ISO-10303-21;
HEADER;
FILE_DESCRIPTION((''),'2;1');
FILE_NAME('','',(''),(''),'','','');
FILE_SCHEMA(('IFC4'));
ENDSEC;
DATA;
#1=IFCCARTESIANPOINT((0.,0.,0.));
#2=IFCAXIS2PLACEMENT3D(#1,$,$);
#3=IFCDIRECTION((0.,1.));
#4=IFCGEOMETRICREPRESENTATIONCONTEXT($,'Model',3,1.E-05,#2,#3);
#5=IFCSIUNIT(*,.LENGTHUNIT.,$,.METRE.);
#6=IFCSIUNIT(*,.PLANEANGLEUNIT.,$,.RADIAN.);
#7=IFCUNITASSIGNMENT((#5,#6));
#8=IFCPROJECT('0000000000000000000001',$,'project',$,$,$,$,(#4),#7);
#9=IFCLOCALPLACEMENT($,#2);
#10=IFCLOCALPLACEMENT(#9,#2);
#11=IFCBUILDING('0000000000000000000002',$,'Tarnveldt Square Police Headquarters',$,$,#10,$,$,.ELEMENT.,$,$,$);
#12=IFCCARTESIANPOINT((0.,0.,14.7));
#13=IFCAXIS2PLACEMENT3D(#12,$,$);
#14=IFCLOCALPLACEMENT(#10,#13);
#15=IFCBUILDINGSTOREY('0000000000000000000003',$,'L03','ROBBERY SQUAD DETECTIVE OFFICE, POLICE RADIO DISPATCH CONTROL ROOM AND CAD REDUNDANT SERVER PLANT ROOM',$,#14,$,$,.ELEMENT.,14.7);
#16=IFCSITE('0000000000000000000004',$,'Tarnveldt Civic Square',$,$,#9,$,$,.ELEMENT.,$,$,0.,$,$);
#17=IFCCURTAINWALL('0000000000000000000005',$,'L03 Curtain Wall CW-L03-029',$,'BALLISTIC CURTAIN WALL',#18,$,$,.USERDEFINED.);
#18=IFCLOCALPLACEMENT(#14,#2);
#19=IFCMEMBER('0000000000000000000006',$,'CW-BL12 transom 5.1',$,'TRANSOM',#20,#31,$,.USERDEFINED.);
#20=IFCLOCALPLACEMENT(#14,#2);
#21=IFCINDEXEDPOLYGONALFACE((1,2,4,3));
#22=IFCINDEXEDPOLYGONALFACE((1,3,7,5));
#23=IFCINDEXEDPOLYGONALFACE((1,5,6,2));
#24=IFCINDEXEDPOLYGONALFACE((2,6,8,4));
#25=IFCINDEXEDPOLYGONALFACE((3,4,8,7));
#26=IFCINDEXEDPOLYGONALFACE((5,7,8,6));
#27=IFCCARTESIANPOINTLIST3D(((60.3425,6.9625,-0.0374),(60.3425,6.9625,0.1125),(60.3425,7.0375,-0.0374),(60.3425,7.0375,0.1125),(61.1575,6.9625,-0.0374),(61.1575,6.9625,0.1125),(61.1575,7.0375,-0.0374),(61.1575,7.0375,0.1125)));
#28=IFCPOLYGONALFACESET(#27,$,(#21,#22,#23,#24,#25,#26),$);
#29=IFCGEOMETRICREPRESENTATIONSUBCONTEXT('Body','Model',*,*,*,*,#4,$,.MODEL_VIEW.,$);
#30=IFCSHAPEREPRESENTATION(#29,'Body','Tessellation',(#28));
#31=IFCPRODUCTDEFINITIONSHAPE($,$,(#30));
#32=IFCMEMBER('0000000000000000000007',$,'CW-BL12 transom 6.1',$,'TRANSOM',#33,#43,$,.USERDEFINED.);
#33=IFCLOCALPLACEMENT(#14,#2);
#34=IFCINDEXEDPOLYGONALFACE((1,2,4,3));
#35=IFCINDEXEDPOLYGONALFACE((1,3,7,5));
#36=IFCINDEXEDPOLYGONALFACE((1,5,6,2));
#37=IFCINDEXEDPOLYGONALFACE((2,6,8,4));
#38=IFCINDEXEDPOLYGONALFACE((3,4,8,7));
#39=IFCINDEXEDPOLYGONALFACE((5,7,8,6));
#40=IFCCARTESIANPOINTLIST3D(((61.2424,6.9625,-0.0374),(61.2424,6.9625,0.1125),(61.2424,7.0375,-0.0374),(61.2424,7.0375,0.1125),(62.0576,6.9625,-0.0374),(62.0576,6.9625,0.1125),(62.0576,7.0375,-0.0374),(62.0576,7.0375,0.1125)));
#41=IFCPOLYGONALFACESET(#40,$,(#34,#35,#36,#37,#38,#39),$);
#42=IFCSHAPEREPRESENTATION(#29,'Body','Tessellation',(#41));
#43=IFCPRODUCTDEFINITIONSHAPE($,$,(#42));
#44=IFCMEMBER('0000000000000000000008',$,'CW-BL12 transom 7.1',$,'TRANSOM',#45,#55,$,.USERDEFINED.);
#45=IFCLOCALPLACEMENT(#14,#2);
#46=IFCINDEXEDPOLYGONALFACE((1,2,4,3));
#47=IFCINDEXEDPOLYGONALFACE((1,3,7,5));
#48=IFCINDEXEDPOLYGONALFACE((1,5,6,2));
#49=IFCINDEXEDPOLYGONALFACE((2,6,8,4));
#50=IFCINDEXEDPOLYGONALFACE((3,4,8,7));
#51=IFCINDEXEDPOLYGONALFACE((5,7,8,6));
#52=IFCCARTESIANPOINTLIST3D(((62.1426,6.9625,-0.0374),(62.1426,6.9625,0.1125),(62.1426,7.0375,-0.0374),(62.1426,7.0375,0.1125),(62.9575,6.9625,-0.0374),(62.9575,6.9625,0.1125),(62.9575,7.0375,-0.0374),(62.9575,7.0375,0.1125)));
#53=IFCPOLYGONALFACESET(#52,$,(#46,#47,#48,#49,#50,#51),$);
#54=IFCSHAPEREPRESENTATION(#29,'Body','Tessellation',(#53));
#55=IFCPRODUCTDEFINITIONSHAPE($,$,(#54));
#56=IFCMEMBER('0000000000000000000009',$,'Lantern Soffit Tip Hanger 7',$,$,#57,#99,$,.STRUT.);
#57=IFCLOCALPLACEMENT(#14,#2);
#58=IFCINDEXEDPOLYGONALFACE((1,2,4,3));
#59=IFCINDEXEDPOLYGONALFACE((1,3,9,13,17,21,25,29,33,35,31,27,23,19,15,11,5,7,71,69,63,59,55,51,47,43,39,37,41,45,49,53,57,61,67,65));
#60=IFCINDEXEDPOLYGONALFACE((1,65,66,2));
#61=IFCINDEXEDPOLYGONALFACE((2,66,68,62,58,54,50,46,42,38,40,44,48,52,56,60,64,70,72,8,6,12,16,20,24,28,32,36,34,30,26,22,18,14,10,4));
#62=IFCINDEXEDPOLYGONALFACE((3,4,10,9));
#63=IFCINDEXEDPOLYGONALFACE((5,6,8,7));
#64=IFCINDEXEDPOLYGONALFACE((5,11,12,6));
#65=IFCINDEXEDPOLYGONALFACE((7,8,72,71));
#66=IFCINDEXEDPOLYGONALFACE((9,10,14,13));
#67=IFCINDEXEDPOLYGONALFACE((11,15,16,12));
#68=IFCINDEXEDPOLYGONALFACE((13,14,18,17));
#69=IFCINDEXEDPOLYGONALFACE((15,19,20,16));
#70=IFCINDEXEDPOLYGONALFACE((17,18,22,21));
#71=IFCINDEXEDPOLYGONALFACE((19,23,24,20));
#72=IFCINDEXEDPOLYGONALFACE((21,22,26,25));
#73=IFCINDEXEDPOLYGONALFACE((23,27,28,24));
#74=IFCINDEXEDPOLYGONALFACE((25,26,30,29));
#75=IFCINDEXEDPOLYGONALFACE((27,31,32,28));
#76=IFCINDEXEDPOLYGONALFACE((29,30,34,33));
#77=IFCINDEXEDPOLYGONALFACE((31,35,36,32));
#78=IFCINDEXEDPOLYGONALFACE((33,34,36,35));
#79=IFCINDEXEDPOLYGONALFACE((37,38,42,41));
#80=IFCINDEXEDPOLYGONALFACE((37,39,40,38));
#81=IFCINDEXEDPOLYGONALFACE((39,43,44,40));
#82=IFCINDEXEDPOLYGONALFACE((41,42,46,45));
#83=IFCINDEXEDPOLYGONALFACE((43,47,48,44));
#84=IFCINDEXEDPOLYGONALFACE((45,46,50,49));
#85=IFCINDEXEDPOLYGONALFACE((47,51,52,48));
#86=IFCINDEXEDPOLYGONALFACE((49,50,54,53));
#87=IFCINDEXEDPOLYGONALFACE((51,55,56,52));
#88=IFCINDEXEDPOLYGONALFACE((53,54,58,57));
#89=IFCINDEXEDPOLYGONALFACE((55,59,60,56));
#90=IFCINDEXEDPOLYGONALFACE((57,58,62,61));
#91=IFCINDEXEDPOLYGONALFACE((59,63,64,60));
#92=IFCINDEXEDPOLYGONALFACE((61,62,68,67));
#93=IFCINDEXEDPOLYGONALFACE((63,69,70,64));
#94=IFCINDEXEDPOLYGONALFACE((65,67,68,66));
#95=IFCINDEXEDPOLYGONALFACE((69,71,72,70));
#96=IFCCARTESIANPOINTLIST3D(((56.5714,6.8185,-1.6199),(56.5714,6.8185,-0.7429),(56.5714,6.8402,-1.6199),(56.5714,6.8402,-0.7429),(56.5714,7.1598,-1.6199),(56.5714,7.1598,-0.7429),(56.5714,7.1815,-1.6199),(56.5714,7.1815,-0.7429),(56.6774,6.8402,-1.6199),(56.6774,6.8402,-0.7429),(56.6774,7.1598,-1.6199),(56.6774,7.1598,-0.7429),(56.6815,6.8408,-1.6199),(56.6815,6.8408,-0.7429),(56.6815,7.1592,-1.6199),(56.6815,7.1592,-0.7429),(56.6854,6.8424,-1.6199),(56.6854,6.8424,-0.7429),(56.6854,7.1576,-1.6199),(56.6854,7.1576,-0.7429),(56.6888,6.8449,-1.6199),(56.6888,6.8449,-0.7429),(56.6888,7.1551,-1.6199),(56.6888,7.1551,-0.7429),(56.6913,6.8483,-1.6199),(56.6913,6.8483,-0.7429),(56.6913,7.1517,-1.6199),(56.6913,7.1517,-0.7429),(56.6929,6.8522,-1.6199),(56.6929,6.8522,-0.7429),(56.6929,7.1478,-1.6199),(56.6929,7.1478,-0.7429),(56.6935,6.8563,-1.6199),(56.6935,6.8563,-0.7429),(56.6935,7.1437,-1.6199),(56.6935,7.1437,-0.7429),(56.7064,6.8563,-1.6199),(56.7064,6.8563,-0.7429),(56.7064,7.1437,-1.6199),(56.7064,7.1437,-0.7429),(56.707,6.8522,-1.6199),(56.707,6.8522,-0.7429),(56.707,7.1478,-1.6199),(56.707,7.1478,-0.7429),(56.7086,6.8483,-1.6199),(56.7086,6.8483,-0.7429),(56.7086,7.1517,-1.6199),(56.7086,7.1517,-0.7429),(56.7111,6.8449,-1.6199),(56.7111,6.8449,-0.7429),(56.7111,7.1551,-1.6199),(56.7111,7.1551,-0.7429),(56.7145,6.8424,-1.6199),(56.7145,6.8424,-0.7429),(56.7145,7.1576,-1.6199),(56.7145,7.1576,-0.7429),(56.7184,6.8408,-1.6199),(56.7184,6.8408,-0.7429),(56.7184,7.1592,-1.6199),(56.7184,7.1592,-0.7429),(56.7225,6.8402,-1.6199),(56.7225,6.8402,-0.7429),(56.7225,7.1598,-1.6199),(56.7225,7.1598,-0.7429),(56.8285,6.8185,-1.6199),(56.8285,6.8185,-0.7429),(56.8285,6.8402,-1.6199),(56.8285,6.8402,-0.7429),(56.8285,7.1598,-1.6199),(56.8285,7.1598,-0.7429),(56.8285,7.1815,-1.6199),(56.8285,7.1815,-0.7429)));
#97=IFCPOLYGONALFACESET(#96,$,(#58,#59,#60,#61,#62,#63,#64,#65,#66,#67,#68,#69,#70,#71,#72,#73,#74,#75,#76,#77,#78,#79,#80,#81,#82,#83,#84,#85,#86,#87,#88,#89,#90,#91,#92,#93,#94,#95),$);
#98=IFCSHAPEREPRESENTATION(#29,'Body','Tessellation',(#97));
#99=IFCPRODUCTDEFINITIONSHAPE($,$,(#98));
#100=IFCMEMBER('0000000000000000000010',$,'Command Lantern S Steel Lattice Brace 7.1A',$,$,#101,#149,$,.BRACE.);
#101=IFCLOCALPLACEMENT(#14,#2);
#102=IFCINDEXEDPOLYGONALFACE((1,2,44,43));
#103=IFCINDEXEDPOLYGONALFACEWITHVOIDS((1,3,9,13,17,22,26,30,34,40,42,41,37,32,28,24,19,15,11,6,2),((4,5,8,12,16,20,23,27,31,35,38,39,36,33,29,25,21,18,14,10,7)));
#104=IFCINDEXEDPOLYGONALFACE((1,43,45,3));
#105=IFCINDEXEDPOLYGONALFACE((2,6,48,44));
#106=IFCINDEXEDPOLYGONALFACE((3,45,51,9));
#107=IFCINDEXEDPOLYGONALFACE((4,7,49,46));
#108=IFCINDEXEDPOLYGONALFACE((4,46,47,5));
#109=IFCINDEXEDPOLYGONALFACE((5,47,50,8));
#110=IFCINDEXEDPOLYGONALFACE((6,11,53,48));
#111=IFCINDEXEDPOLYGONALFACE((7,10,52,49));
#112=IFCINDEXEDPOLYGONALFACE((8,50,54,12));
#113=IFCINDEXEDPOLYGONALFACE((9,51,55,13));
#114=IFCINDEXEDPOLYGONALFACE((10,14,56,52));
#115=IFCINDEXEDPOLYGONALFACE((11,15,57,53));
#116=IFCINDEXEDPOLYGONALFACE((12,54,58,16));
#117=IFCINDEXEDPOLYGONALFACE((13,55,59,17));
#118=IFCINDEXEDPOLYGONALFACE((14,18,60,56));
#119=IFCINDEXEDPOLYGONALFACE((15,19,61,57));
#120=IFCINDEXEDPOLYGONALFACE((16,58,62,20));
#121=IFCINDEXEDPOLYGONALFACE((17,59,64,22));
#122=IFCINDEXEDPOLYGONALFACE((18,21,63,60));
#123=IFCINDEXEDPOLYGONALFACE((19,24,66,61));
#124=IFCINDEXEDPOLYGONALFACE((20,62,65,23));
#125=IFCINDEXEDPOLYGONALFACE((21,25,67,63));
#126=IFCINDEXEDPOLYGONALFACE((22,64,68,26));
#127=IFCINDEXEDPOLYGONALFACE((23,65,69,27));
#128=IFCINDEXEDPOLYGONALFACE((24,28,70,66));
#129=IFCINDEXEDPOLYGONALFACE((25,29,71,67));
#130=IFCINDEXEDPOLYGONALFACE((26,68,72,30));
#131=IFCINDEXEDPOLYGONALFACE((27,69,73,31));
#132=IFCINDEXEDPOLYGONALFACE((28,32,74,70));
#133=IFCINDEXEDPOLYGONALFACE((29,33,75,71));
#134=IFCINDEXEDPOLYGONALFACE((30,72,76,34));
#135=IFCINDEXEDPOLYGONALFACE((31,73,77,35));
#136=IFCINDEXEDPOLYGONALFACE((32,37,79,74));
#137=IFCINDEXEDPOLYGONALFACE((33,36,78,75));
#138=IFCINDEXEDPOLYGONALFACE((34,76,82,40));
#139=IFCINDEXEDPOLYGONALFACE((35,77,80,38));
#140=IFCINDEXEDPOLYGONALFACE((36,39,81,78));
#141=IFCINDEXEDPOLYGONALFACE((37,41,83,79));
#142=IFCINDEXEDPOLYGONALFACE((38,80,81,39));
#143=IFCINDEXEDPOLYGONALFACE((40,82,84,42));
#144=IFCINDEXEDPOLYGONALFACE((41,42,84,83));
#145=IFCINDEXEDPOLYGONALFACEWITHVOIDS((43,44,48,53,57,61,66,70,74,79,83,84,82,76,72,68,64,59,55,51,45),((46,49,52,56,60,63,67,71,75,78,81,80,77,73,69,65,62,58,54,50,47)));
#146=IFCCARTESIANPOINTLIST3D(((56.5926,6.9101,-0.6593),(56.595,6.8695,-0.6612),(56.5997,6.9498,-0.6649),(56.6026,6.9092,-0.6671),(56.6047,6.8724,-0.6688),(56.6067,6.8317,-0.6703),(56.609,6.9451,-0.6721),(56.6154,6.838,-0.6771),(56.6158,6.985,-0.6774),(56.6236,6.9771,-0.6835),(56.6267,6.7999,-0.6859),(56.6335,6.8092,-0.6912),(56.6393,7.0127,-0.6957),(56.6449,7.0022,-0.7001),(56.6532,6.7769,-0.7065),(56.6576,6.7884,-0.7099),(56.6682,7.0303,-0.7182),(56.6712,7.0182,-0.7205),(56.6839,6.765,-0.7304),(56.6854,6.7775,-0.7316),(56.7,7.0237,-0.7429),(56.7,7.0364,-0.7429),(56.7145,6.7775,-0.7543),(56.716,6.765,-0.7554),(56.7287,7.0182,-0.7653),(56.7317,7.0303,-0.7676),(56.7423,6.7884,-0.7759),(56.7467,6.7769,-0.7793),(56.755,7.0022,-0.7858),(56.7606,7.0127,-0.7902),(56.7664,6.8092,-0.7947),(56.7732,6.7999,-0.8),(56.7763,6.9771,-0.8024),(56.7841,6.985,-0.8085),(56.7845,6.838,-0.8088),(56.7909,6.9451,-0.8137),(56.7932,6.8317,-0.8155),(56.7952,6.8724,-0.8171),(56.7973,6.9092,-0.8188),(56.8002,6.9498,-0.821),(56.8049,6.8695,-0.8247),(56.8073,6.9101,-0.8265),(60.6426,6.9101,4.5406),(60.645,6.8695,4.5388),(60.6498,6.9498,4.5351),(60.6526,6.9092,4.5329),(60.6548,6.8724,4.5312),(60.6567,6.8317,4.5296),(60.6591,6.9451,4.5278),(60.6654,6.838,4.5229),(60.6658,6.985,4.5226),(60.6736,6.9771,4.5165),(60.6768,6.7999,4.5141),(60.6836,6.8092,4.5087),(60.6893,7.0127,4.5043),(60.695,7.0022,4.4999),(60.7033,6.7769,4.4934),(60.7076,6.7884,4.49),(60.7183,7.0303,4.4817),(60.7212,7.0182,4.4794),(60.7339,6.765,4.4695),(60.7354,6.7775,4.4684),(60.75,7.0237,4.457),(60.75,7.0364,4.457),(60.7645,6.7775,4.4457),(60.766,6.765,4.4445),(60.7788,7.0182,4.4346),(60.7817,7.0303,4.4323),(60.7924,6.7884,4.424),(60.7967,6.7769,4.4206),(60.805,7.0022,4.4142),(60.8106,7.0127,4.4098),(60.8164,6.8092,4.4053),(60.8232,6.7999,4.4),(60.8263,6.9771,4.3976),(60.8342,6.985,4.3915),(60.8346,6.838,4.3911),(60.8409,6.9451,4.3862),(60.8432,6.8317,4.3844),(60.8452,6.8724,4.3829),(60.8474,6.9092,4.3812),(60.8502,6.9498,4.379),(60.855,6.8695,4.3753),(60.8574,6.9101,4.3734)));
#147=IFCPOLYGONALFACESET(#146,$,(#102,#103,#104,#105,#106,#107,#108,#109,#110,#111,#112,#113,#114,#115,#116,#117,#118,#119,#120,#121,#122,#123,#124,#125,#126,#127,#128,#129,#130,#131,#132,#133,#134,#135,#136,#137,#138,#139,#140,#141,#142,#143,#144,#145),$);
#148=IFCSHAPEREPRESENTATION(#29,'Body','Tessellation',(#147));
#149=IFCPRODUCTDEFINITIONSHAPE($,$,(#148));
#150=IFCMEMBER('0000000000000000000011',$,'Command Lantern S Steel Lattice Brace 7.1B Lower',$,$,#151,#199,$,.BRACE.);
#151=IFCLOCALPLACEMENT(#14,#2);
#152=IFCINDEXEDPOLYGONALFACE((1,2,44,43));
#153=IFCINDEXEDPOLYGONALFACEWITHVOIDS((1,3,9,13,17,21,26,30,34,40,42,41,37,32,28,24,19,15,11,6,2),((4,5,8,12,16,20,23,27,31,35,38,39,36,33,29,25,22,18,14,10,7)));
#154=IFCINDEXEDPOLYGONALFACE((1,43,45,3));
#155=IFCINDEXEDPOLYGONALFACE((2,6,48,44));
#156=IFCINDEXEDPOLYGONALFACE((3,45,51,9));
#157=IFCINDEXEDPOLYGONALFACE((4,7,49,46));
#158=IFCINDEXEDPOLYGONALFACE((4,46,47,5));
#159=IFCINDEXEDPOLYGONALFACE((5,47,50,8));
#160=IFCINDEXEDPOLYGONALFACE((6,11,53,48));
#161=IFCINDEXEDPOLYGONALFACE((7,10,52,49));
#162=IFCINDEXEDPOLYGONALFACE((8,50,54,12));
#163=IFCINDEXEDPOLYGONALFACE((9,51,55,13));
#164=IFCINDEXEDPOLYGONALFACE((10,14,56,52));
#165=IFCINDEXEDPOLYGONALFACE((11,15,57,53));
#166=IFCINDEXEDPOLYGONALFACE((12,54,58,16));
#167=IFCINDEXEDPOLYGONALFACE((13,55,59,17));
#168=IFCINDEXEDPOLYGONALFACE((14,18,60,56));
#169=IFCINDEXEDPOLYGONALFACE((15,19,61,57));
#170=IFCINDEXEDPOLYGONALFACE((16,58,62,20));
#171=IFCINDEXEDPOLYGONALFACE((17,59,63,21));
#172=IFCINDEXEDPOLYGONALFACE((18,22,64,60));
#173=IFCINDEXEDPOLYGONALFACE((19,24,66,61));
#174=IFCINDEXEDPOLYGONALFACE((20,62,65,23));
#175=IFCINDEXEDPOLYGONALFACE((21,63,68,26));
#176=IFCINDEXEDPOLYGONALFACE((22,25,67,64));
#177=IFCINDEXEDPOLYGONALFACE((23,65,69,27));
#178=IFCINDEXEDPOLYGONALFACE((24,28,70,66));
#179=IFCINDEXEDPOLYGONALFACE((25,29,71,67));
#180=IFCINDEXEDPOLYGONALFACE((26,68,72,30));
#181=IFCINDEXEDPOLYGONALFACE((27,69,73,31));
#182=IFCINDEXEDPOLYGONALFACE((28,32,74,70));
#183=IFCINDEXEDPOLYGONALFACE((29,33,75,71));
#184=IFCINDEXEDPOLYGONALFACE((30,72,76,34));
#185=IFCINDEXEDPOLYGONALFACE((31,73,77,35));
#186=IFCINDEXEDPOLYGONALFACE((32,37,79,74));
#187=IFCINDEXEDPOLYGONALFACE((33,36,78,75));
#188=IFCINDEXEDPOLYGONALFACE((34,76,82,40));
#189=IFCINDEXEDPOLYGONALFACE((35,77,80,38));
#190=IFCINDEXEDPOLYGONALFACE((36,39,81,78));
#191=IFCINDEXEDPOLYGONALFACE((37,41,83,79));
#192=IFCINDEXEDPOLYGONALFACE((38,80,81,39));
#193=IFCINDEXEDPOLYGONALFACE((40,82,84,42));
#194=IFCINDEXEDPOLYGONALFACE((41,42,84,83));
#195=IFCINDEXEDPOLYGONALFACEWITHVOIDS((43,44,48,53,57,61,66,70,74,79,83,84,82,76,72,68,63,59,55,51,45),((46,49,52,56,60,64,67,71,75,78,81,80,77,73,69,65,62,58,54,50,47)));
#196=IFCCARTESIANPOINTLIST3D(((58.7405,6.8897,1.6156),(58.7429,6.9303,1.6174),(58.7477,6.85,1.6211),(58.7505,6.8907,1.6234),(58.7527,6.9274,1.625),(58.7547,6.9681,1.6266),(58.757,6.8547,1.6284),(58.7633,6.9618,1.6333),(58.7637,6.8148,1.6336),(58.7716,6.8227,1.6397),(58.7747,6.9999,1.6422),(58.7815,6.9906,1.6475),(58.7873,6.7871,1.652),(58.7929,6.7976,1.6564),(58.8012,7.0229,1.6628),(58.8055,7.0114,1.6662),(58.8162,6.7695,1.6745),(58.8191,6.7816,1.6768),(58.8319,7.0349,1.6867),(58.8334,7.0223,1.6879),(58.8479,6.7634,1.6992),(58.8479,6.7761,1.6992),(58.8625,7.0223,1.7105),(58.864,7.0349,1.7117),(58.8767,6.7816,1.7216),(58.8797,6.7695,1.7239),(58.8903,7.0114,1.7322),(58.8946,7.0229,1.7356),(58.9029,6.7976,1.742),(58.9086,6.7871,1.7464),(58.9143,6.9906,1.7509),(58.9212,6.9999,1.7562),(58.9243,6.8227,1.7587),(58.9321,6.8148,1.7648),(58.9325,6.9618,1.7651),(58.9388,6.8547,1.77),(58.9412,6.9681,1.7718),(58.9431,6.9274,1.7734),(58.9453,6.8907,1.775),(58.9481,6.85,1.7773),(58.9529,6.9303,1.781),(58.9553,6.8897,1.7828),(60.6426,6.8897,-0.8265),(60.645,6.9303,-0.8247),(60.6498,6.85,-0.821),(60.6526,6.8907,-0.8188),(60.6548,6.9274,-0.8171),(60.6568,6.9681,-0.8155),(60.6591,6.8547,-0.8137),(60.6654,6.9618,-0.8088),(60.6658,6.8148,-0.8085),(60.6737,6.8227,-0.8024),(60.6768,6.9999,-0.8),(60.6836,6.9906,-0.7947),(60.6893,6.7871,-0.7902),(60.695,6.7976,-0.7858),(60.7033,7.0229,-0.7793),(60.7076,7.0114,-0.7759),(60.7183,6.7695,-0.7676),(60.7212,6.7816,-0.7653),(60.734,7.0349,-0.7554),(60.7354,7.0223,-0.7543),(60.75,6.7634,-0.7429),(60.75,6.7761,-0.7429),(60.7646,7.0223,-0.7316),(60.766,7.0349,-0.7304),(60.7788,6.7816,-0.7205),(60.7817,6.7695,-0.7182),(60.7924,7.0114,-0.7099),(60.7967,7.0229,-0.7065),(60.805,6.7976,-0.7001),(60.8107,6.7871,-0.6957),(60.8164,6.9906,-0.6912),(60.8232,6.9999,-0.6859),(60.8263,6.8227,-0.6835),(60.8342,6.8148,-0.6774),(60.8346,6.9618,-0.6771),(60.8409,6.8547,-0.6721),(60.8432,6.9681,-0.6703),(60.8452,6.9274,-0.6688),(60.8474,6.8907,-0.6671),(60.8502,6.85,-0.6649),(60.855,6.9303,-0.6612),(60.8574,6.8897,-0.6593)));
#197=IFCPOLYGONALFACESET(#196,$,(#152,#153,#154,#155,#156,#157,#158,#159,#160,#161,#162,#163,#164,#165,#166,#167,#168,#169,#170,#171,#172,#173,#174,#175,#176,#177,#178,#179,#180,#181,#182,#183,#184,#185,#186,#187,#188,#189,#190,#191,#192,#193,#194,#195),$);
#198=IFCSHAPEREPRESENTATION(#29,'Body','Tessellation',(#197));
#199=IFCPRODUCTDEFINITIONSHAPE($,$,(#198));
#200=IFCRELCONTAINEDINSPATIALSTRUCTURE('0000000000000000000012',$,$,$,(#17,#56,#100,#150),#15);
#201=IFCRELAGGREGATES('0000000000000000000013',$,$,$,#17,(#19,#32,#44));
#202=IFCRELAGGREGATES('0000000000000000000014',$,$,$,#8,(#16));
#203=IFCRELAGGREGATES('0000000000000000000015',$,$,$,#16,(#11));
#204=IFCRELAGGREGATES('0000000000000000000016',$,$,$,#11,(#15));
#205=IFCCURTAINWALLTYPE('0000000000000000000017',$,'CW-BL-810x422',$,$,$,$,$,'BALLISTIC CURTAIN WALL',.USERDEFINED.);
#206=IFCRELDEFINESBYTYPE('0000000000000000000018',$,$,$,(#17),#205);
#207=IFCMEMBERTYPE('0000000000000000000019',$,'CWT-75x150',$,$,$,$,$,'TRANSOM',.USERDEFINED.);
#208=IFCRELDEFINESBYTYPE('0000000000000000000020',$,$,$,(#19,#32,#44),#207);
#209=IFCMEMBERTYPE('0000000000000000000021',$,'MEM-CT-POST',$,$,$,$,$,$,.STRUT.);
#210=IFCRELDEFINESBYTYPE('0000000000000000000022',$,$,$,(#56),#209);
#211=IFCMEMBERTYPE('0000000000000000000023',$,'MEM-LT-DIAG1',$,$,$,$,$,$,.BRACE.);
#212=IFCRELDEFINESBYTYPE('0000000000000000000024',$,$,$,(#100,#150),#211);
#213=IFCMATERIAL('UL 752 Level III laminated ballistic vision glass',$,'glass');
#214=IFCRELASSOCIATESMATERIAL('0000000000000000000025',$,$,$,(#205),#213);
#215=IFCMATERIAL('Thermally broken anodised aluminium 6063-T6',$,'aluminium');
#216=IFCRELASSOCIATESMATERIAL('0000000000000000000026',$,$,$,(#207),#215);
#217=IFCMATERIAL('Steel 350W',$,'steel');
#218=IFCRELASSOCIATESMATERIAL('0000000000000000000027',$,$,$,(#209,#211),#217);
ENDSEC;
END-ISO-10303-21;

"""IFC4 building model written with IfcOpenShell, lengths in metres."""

from ifc_helpers import new_model, si_unit, direction, frame, origin, origin_2d, place, context, subcontext, project, spatial, rectangle, hollow_circle, i_section, extrude, material, material_profile, profile_set, type_object, element, aggregate, save


model = new_model("IFC4")

# Units and contexts
model_context = context("Model", 3, precision=1e-05, world=origin(), true_north=direction((0.0, 1.0)))
body_context = subcontext(model_context, "Body", "Model", "MODEL_VIEW")
ifc_project = project(units=[si_unit("LENGTHUNIT", "METRE"), si_unit("PLANEANGLEUNIT", "RADIAN")], contexts=[model_context])

# Site, building, storey
site_placement = place(None, origin())
site = spatial("IfcSite", under=ifc_project, at=site_placement, Name="Tarnveldt Civic Square", CompositionType="ELEMENT", RefElevation=0.0)
building_placement = place(site_placement, origin())
building = spatial("IfcBuilding", under=site, at=building_placement, Name="Tarnveldt Square Police Headquarters", CompositionType="ELEMENT")
storey_placement = place(building_placement, frame((0.0, 0.0, 14.7)))
storey = spatial("IfcBuildingStorey", under=building, at=storey_placement, Name="L03", Description="ROBBERY SQUAD DETECTIVE OFFICE, POLICE RADIO DISPATCH CONTROL ROOM AND CAD REDUNDANT SERVER PLANT ROOM", CompositionType="ELEMENT", Elevation=14.7)

# Curtain wall, members
ifc_material_1 = material(Name="UL 752 Level III laminated ballistic vision glass", Category="glass")
curtain_wall_type = type_object("IfcCurtainWallType", Name="CW-BL-810x422", ElementType="BALLISTIC CURTAIN WALL", PredefinedType="USERDEFINED", material=ifc_material_1)
curtain_wall_placement = place(storey_placement, origin())
curtain_wall = element("IfcCurtainWall", 1, at=curtain_wall_placement, inside=storey, type_object=curtain_wall_type, Name="L03 Curtain Wall CW-L03-029", ObjectType="BALLISTIC CURTAIN WALL", PredefinedType="USERDEFINED")
ifc_material_2 = material(Name="Thermally broken anodised aluminium 6063-T6", Category="aluminium")
ifc_material_profile_1 = material_profile(ifc_material_2, rectangle(XDim=0.075, YDim=0.1499, at=origin_2d()), Name="CW-T75x150")
ifc_profile_set_1 = profile_set([ifc_material_profile_1], Name="Thermally broken anodised aluminium 6063-T6")
member_type_1 = type_object("IfcMemberType", Name="CWT-75x150", ElementType="TRANSOM", PredefinedType="USERDEFINED", material=ifc_profile_set_1)
member_1_placement = place(storey_placement, frame((60.3425, 7.0, 0.0376), z_axis=(1.0, 0.0, 0.0), x_axis=(0.0, 1.0, 0.0)))
member_1 = element("IfcMember", 2, at=member_1_placement, type_object=member_type_1, Name="CW-BL12 transom 5.1", ObjectType="TRANSOM", PredefinedType="USERDEFINED", context=body_context, shape_type="SweptSolid", body=[
    extrude(rectangle(XDim=0.075, YDim=0.1499, at=origin_2d()), origin(), (0.0, 0.0, 1.0), 0.8149),
])
member_2_placement = place(storey_placement, frame((61.2424, 7.0, 0.0376), z_axis=(1.0, 0.0, 0.0), x_axis=(0.0, 1.0, 0.0)))
member_2 = element("IfcMember", 3, at=member_2_placement, type_object=member_type_1, Name="CW-BL12 transom 6.1", ObjectType="TRANSOM", PredefinedType="USERDEFINED", context=body_context, shape_type="SweptSolid", body=[
    extrude(rectangle(XDim=0.075, YDim=0.1499, at=origin_2d()), origin(), (0.0, 0.0, 1.0), 0.8152),
])
member_3_placement = place(storey_placement, frame((62.1426, 7.0, 0.0376), z_axis=(1.0, 0.0, 0.0), x_axis=(0.0, 1.0, 0.0)))
member_3 = element("IfcMember", 4, at=member_3_placement, type_object=member_type_1, Name="CW-BL12 transom 7.1", ObjectType="TRANSOM", PredefinedType="USERDEFINED", context=body_context, shape_type="SweptSolid", body=[
    extrude(rectangle(XDim=0.075, YDim=0.1499, at=origin_2d()), origin(), (0.0, 0.0, 1.0), 0.8149),
])

# Members
ifc_material_3 = material(Name="Steel 350W", Category="steel")
ifc_material_profile_2 = material_profile(ifc_material_3, i_section(OverallWidth=0.2571, OverallDepth=0.363, WebThickness=0.0129, FlangeThickness=0.0217, FilletRadius=0.0161, at=origin_2d()), Name="W360x122")
ifc_profile_set_2 = profile_set([ifc_material_profile_2], Name="Steel 350W")
member_type_2 = type_object("IfcMemberType", Name="MEM-CT-POST", PredefinedType="STRUT", material=ifc_profile_set_2)
member_4_placement = place(storey_placement, frame((56.7, 7.0, -1.6199), z_axis=(0.0, 0.0, 1.0), x_axis=(1.0, 0.0, 0.0)))
element("IfcMember", 5, at=member_4_placement, inside=storey, type_object=member_type_2, Name="Lantern Soffit Tip Hanger 7", PredefinedType="STRUT", context=body_context, shape_type="SweptSolid", body=[
    extrude(i_section(OverallWidth=0.2571, OverallDepth=0.363, WebThickness=0.0129, FlangeThickness=0.0217, FilletRadius=0.0161, at=origin_2d()), origin(), (0.0, 0.0, 1.0), 0.877),
])
ifc_material_profile_3 = material_profile(ifc_material_3, hollow_circle(Radius=0.1365, WallThickness=0.0127, at=origin_2d()), Name="HSS273x13")
ifc_profile_set_3 = profile_set([ifc_material_profile_3], Name="Steel 350W")
member_type_3 = type_object("IfcMemberType", Name="MEM-LT-DIAG1", PredefinedType="BRACE", material=ifc_profile_set_3)
member_5_placement = place(storey_placement, frame((56.7, 6.8999, -0.7429), z_axis=(0.614474, 0.0, 0.788937), x_axis=(0.0, 1.0, 0.0)))
element("IfcMember", 6, at=member_5_placement, inside=storey, type_object=member_type_3, Name="Command Lantern S Steel Lattice Brace 7.1A", PredefinedType="BRACE", context=body_context, shape_type="SweptSolid", body=[
    extrude(hollow_circle(Radius=0.1365, WallThickness=0.0127, at=origin_2d()), origin(), (0.0, 0.0, 1.0), 6.5911),
])
member_6_placement = place(storey_placement, frame((60.75, 6.8999, -0.7429), z_axis=(-0.614476, 0.0, 0.788936), x_axis=(0.0, -1.0, 0.0)))
element("IfcMember", 7, at=member_6_placement, inside=storey, type_object=member_type_3, Name="Command Lantern S Steel Lattice Brace 7.1B Lower", PredefinedType="BRACE", context=body_context, shape_type="SweptSolid", body=[
    extrude(hollow_circle(Radius=0.1365, WallThickness=0.0127, at=origin_2d()), origin(), (0.0, 0.0, 1.0), 3.0955),
])

aggregate(curtain_wall, [member_1, member_2, member_3])

save(model, "model.ifc")
